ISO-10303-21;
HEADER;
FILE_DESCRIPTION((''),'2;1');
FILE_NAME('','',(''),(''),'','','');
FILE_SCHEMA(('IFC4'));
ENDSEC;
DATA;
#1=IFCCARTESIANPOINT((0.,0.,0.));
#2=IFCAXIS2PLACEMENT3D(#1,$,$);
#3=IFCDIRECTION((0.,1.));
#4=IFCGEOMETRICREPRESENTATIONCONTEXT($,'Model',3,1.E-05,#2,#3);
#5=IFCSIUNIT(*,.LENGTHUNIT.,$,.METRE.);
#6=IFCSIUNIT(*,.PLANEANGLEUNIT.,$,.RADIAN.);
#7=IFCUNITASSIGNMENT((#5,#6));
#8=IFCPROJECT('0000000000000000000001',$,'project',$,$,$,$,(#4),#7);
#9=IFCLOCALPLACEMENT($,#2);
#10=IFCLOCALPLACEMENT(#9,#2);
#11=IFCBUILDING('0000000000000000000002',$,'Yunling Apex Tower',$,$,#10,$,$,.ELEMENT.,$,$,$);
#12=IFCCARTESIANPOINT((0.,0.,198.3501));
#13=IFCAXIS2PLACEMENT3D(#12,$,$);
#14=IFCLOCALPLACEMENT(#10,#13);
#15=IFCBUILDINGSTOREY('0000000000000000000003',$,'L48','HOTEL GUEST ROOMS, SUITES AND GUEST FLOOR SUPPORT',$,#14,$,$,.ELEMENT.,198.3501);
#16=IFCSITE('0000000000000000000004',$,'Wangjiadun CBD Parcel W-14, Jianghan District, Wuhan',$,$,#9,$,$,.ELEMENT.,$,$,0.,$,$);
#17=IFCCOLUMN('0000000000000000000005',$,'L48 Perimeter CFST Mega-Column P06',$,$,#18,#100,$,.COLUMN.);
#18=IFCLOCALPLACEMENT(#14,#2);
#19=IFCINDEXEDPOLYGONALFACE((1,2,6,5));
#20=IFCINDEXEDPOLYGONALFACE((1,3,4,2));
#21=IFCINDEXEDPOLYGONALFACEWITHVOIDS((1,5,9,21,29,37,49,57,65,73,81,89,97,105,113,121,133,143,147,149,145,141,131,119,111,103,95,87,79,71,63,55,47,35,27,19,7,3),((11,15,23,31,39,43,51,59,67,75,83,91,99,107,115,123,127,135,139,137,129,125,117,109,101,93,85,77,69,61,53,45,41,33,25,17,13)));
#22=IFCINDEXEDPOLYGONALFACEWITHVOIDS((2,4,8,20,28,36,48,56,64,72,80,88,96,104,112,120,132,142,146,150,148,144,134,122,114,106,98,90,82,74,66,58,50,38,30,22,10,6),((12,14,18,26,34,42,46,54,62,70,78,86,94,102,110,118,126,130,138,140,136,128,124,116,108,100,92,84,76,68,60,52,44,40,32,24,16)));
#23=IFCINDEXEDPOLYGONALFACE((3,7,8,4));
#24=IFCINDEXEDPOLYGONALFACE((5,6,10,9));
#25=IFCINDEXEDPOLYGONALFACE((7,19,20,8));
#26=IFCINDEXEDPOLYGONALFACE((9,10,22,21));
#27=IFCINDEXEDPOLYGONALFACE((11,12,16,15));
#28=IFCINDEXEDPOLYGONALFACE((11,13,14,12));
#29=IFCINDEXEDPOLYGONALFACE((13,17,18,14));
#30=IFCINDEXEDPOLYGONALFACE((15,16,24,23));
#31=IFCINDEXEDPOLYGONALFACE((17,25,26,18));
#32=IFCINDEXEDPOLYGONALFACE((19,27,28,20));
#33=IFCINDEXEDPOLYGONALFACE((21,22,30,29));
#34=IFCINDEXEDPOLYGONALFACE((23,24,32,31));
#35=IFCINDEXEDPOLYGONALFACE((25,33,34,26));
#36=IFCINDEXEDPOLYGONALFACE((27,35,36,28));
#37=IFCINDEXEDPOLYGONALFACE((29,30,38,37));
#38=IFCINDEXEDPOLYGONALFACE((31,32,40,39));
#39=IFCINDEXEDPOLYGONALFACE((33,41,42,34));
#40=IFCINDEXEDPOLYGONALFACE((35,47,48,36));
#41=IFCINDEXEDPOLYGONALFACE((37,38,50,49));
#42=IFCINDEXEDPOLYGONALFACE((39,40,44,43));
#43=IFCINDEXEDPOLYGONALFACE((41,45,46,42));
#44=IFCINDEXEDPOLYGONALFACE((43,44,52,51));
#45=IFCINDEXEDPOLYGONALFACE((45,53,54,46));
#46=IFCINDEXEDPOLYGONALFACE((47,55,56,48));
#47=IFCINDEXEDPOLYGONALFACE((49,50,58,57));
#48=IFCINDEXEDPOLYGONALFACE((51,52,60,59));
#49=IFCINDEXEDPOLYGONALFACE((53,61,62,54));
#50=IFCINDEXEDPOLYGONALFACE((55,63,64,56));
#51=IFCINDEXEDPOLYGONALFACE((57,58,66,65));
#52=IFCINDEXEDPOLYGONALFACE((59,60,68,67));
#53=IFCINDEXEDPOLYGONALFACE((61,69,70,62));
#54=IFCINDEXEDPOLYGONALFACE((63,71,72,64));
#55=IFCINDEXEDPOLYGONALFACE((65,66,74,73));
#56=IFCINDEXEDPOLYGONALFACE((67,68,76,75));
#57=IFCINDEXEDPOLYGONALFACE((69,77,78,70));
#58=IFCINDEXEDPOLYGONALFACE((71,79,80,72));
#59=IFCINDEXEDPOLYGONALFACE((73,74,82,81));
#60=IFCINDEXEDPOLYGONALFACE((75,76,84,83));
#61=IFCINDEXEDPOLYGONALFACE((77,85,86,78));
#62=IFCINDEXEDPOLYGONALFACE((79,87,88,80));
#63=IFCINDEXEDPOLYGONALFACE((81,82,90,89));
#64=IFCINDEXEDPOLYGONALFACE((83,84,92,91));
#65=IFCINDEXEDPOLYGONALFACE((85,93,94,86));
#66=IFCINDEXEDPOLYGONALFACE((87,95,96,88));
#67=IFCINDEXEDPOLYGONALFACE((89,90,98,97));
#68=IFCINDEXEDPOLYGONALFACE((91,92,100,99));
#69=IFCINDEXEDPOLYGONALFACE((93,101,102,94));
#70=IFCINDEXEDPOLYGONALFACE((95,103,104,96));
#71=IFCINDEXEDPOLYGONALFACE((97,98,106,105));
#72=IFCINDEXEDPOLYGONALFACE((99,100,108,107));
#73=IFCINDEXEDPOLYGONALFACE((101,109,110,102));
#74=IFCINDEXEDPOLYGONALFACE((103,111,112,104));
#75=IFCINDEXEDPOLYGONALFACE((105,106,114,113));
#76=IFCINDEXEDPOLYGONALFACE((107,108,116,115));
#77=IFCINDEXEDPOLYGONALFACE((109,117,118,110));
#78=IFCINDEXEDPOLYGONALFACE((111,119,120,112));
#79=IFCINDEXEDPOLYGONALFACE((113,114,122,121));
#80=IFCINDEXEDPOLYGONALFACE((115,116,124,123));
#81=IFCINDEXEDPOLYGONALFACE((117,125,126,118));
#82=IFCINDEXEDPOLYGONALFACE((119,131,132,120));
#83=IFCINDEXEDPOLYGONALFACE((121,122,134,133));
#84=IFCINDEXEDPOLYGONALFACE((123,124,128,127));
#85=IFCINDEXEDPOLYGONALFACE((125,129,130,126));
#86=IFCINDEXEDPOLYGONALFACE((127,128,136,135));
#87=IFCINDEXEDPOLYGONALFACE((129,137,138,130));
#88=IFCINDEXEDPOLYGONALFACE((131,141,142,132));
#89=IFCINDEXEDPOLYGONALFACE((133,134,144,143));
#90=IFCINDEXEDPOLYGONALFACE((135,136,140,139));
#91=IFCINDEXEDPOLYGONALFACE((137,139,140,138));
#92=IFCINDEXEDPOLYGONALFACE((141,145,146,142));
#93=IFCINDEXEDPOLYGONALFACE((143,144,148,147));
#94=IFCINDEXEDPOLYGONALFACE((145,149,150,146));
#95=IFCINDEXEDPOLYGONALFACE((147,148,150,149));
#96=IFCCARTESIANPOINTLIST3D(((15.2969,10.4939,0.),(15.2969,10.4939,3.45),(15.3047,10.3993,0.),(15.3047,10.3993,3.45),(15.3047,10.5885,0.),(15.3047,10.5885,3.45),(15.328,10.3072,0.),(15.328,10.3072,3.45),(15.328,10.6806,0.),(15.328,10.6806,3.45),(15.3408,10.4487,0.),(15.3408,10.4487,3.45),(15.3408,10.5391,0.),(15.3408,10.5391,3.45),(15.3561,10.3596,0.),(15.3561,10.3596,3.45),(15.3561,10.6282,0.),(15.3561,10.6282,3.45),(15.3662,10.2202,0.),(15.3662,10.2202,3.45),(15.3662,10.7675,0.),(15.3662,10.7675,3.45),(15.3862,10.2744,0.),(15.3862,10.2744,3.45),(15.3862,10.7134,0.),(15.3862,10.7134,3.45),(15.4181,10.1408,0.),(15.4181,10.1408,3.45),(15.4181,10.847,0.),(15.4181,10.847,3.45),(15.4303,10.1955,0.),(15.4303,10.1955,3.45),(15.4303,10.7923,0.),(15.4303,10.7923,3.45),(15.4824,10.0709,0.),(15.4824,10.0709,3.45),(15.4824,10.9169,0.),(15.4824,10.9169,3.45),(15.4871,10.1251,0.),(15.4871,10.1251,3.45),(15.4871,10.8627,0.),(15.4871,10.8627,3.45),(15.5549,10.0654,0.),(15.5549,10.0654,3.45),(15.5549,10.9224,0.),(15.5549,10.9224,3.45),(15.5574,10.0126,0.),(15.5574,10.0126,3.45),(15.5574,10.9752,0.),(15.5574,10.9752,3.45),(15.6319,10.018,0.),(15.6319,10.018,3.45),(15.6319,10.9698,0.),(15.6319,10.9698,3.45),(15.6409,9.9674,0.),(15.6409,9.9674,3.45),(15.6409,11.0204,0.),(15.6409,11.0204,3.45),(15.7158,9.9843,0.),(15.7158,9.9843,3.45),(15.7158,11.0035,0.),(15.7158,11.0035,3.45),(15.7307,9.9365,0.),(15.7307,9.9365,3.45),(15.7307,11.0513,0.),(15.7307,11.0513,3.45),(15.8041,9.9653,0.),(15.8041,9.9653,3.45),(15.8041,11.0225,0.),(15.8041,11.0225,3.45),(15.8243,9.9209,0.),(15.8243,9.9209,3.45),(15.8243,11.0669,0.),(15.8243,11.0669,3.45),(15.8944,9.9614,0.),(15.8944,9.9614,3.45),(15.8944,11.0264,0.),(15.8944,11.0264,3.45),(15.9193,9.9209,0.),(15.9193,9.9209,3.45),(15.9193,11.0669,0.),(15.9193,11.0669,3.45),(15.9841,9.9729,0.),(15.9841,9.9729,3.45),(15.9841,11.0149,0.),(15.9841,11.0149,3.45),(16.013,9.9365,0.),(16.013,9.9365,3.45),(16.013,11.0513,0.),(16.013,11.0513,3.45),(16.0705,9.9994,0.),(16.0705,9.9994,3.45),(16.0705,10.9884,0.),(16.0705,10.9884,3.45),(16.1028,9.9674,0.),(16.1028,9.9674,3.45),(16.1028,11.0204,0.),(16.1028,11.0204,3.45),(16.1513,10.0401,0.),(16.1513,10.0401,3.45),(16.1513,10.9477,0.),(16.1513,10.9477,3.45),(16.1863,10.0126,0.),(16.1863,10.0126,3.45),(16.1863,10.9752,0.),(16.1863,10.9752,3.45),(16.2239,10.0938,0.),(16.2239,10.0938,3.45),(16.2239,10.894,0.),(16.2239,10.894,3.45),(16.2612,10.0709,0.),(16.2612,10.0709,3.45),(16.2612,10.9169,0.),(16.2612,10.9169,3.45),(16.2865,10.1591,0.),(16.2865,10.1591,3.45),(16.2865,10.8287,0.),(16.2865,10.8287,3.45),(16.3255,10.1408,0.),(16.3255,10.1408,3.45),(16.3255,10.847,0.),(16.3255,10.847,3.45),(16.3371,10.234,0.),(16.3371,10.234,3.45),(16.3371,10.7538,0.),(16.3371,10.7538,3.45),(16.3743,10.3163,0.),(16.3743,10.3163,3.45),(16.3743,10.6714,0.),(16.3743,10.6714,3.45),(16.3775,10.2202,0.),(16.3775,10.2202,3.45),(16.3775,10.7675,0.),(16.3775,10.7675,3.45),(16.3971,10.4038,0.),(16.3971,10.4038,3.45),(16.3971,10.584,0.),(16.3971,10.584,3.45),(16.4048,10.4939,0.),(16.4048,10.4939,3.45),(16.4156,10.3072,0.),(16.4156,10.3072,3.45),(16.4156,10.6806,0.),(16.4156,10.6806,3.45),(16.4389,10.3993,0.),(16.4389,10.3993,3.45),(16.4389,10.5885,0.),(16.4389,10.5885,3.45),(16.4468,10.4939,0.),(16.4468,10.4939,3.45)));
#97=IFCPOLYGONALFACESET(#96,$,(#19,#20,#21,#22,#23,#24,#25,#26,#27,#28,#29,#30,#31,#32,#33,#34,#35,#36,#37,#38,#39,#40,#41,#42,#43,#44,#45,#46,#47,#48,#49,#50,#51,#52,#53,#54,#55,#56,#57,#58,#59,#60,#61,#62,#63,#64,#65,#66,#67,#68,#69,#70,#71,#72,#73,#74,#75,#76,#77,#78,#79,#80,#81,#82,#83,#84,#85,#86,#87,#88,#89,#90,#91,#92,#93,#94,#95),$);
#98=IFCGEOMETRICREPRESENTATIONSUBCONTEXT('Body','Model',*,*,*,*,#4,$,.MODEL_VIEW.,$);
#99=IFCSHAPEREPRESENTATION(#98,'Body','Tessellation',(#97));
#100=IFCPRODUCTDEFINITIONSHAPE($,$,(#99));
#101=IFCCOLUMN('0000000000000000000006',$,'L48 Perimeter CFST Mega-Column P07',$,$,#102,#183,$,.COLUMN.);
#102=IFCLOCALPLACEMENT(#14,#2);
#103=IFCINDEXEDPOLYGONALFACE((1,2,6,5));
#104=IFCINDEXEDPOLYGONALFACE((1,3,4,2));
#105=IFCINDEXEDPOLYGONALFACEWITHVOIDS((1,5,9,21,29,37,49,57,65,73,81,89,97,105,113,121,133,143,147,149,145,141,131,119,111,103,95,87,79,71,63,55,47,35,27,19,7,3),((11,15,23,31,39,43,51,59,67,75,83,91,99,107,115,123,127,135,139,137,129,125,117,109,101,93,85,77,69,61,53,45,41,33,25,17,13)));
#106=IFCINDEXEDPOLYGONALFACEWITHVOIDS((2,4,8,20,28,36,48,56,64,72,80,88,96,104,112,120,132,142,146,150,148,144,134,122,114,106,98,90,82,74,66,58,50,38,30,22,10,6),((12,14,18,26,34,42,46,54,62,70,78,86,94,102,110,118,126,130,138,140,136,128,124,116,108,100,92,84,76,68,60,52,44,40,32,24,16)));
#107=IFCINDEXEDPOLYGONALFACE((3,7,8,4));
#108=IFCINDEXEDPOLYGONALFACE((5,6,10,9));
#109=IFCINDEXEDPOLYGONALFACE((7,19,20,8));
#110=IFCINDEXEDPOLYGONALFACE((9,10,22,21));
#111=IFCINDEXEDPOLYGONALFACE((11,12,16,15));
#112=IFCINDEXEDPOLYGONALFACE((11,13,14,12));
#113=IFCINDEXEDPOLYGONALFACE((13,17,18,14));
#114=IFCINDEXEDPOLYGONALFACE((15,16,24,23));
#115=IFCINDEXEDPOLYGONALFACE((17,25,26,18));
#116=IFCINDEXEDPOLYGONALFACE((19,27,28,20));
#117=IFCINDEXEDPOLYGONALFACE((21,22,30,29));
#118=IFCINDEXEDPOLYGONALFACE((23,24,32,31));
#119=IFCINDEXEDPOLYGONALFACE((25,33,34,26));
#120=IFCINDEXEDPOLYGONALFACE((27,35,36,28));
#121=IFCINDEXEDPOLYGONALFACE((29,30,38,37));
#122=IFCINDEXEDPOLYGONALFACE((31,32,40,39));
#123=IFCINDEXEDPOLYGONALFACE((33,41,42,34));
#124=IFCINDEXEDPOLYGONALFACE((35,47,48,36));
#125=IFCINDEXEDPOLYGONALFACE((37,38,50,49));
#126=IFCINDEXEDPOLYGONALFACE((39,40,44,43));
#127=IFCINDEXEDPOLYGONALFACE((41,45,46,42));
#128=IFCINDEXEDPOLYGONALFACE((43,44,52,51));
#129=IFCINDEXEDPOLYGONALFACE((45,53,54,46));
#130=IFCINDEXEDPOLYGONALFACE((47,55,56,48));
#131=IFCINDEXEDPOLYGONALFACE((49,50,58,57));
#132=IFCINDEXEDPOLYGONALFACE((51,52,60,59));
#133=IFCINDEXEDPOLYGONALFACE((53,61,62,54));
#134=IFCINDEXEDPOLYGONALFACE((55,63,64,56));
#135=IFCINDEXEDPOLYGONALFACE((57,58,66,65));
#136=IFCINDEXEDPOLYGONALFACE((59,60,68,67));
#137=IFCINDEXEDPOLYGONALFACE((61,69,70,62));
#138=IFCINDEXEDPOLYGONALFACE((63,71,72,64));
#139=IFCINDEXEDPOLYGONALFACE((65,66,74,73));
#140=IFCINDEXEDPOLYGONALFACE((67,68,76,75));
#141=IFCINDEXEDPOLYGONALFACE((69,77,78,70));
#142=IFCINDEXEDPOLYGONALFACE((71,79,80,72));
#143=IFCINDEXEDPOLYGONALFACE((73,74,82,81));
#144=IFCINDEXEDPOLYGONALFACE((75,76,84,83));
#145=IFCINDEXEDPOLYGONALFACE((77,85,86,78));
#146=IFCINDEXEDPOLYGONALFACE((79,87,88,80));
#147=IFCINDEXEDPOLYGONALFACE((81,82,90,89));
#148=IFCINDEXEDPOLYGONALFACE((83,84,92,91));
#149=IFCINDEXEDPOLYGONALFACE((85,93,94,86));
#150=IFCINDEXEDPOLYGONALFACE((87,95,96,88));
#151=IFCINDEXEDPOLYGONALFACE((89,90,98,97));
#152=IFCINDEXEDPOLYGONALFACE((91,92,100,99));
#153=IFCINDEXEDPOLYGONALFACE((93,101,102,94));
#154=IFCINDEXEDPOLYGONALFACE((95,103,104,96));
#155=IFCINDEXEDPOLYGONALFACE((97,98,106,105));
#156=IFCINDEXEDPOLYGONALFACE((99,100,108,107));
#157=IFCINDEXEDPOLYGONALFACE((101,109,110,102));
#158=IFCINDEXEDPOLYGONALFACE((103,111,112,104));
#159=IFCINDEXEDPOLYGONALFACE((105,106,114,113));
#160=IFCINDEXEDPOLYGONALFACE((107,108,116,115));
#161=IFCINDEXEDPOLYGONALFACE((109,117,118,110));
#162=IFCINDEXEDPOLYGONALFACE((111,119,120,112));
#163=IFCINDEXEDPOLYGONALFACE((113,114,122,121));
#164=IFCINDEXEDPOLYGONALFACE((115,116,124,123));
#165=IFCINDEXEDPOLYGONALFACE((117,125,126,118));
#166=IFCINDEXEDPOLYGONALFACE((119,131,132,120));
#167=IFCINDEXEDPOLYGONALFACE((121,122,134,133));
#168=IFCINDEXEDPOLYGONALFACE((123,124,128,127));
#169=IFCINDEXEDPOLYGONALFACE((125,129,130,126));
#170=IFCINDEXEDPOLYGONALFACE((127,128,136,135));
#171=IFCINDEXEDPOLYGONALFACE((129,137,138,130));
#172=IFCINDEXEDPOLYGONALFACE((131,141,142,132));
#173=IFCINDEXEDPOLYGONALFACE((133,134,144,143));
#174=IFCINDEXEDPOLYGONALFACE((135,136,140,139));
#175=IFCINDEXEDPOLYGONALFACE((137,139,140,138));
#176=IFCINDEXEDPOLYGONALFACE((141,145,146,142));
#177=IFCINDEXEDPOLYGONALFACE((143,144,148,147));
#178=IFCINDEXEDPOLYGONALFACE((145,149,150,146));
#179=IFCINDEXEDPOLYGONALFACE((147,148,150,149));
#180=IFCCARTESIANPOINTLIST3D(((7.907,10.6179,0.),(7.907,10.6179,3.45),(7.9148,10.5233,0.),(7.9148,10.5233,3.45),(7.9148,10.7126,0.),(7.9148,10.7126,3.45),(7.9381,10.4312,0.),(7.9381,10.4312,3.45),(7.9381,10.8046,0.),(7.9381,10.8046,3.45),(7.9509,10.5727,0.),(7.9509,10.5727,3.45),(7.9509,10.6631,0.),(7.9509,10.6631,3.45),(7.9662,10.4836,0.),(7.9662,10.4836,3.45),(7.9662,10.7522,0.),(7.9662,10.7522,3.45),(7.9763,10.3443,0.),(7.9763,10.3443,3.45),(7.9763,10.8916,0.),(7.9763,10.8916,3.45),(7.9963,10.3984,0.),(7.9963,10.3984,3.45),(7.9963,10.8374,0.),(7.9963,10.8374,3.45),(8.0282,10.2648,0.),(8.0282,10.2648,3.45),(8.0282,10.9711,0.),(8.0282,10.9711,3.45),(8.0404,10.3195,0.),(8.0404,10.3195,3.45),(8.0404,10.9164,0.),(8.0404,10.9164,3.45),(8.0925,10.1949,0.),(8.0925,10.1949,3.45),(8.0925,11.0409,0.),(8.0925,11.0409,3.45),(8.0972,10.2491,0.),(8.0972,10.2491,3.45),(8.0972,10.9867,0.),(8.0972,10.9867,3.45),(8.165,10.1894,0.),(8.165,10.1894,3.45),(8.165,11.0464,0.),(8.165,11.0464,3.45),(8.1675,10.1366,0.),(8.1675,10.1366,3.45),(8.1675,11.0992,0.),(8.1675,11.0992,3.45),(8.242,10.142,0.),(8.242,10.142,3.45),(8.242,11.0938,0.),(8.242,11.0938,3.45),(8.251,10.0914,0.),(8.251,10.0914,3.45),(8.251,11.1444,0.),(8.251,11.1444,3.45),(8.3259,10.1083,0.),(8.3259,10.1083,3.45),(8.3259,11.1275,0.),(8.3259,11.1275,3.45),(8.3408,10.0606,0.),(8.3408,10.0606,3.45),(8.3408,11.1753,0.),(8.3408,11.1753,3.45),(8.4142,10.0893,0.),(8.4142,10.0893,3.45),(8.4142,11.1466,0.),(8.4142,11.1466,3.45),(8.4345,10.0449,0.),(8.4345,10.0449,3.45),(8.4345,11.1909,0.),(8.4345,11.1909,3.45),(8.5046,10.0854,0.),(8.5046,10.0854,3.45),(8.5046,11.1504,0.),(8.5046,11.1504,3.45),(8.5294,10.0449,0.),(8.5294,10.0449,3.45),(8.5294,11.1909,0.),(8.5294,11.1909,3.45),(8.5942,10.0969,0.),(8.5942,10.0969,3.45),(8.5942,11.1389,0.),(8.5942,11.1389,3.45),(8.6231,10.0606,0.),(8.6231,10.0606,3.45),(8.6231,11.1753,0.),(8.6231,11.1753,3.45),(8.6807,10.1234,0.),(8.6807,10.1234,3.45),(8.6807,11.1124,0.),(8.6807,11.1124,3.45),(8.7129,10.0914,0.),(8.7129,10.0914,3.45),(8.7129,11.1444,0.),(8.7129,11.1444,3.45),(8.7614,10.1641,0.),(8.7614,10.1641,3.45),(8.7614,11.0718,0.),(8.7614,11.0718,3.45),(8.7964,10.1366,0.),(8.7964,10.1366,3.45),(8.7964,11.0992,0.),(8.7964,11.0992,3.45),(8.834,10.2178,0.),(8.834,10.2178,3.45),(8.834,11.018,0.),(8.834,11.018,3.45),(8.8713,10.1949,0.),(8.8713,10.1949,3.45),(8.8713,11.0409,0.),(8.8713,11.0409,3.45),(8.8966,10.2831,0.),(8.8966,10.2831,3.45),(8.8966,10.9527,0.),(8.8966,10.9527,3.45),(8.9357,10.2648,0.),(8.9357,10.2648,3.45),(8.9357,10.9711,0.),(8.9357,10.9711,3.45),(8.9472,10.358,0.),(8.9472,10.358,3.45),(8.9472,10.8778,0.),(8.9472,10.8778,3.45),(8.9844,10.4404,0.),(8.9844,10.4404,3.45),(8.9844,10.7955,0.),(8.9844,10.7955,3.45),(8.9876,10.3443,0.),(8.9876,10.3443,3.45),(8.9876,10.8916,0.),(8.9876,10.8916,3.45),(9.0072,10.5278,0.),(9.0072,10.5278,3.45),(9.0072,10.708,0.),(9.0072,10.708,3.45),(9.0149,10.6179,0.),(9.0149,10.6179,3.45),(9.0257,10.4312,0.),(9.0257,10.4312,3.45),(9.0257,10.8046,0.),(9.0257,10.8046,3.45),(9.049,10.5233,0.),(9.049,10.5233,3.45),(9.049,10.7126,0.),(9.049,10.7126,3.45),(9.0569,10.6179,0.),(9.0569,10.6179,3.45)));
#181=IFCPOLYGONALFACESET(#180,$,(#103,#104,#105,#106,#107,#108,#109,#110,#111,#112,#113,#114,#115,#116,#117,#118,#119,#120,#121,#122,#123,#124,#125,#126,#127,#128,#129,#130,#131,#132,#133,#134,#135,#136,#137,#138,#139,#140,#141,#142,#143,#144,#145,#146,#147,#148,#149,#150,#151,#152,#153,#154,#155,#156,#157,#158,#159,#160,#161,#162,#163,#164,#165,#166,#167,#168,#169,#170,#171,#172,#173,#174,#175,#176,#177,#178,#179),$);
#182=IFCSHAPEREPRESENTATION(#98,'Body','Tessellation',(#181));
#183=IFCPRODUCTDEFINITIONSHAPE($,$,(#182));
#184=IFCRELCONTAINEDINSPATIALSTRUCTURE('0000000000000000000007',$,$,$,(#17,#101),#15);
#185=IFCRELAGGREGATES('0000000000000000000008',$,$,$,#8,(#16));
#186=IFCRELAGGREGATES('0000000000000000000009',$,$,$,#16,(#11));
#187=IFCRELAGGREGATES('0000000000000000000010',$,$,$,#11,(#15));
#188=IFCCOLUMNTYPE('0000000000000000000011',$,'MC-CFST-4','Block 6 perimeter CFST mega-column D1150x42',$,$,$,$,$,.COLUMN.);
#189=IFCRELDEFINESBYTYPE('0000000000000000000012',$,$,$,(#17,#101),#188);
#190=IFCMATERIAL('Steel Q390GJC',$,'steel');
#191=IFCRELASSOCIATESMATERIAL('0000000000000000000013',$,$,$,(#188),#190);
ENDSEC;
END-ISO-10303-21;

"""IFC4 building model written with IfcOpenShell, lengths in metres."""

from ifc_helpers import new_model, si_unit, direction, frame, origin, origin_2d, place, context, subcontext, project, spatial, hollow_circle, extrude, source, transform, mapped, material, material_profile, profile_set, type_object, element, save


model = new_model("IFC4")

# Units and contexts
model_context = context("Model", 3, precision=1e-05, world=origin(), true_north=direction((0.0, 1.0)))
body_context = subcontext(model_context, "Body", "Model", "MODEL_VIEW")
ifc_project = project(units=[si_unit("LENGTHUNIT", "METRE"), si_unit("PLANEANGLEUNIT", "RADIAN")], contexts=[model_context])

# Site, building, storey
site_placement = place(None, origin())
site = spatial("IfcSite", under=ifc_project, at=site_placement, Name="Wangjiadun CBD Parcel W-14, Jianghan District, Wuhan", CompositionType="ELEMENT", RefElevation=0.0)
building_placement = place(site_placement, origin())
building = spatial("IfcBuilding", under=site, at=building_placement, Name="Yunling Apex Tower", CompositionType="ELEMENT")
storey_placement = place(building_placement, frame((0.0, 0.0, 198.3501)))
storey = spatial("IfcBuildingStorey", under=building, at=storey_placement, Name="L48", Description="HOTEL GUEST ROOMS, SUITES AND GUEST FLOOR SUPPORT", CompositionType="ELEMENT", Elevation=198.3501)

# Columns
ifc_material_1 = material(Name="Steel Q390GJC", Category="steel")
ifc_material_profile_1 = material_profile(ifc_material_1, hollow_circle(Radius=0.575, WallThickness=0.042, at=origin_2d()))
ifc_profile_set_1 = profile_set([ifc_material_profile_1], Name="Steel Q390GJC")
column_type = type_object("IfcColumnType", Name="MC-CFST-4", Description="Block 6 perimeter CFST mega-column D1150x42", PredefinedType="COLUMN", material=ifc_profile_set_1)
shared_shape_1 = source(origin(), body_context, "Body", "SweptSolid", [
    extrude(hollow_circle(Radius=0.575, WallThickness=0.042, at=origin_2d()), origin(), (0.0, 0.0, 1.0), 3.45),
])
for number, where, z_axis, x_axis, name in (
    (1, (15.8718, 10.4939, 0.0), (0.0, 0.0, 1.0), (1.0, 0.0, 0.0), "L48 Perimeter CFST Mega-Column P06"),
    (2, (8.4819, 10.6179, 0.0), (0.0, 0.0, 1.0), (1.0, 0.0, 0.0), "L48 Perimeter CFST Mega-Column P07"),
):
    element("IfcColumn", number, at=place(storey_placement, frame(where, z_axis=z_axis, x_axis=x_axis)), inside=storey, type_object=column_type, Name=name, PredefinedType="COLUMN", context=body_context, shape_type="MappedRepresentation", body=[
        mapped(shared_shape_1, transform((0.0, 0.0, 0.0), scale=1.0)),
    ])

save(model, "model.ifc")
